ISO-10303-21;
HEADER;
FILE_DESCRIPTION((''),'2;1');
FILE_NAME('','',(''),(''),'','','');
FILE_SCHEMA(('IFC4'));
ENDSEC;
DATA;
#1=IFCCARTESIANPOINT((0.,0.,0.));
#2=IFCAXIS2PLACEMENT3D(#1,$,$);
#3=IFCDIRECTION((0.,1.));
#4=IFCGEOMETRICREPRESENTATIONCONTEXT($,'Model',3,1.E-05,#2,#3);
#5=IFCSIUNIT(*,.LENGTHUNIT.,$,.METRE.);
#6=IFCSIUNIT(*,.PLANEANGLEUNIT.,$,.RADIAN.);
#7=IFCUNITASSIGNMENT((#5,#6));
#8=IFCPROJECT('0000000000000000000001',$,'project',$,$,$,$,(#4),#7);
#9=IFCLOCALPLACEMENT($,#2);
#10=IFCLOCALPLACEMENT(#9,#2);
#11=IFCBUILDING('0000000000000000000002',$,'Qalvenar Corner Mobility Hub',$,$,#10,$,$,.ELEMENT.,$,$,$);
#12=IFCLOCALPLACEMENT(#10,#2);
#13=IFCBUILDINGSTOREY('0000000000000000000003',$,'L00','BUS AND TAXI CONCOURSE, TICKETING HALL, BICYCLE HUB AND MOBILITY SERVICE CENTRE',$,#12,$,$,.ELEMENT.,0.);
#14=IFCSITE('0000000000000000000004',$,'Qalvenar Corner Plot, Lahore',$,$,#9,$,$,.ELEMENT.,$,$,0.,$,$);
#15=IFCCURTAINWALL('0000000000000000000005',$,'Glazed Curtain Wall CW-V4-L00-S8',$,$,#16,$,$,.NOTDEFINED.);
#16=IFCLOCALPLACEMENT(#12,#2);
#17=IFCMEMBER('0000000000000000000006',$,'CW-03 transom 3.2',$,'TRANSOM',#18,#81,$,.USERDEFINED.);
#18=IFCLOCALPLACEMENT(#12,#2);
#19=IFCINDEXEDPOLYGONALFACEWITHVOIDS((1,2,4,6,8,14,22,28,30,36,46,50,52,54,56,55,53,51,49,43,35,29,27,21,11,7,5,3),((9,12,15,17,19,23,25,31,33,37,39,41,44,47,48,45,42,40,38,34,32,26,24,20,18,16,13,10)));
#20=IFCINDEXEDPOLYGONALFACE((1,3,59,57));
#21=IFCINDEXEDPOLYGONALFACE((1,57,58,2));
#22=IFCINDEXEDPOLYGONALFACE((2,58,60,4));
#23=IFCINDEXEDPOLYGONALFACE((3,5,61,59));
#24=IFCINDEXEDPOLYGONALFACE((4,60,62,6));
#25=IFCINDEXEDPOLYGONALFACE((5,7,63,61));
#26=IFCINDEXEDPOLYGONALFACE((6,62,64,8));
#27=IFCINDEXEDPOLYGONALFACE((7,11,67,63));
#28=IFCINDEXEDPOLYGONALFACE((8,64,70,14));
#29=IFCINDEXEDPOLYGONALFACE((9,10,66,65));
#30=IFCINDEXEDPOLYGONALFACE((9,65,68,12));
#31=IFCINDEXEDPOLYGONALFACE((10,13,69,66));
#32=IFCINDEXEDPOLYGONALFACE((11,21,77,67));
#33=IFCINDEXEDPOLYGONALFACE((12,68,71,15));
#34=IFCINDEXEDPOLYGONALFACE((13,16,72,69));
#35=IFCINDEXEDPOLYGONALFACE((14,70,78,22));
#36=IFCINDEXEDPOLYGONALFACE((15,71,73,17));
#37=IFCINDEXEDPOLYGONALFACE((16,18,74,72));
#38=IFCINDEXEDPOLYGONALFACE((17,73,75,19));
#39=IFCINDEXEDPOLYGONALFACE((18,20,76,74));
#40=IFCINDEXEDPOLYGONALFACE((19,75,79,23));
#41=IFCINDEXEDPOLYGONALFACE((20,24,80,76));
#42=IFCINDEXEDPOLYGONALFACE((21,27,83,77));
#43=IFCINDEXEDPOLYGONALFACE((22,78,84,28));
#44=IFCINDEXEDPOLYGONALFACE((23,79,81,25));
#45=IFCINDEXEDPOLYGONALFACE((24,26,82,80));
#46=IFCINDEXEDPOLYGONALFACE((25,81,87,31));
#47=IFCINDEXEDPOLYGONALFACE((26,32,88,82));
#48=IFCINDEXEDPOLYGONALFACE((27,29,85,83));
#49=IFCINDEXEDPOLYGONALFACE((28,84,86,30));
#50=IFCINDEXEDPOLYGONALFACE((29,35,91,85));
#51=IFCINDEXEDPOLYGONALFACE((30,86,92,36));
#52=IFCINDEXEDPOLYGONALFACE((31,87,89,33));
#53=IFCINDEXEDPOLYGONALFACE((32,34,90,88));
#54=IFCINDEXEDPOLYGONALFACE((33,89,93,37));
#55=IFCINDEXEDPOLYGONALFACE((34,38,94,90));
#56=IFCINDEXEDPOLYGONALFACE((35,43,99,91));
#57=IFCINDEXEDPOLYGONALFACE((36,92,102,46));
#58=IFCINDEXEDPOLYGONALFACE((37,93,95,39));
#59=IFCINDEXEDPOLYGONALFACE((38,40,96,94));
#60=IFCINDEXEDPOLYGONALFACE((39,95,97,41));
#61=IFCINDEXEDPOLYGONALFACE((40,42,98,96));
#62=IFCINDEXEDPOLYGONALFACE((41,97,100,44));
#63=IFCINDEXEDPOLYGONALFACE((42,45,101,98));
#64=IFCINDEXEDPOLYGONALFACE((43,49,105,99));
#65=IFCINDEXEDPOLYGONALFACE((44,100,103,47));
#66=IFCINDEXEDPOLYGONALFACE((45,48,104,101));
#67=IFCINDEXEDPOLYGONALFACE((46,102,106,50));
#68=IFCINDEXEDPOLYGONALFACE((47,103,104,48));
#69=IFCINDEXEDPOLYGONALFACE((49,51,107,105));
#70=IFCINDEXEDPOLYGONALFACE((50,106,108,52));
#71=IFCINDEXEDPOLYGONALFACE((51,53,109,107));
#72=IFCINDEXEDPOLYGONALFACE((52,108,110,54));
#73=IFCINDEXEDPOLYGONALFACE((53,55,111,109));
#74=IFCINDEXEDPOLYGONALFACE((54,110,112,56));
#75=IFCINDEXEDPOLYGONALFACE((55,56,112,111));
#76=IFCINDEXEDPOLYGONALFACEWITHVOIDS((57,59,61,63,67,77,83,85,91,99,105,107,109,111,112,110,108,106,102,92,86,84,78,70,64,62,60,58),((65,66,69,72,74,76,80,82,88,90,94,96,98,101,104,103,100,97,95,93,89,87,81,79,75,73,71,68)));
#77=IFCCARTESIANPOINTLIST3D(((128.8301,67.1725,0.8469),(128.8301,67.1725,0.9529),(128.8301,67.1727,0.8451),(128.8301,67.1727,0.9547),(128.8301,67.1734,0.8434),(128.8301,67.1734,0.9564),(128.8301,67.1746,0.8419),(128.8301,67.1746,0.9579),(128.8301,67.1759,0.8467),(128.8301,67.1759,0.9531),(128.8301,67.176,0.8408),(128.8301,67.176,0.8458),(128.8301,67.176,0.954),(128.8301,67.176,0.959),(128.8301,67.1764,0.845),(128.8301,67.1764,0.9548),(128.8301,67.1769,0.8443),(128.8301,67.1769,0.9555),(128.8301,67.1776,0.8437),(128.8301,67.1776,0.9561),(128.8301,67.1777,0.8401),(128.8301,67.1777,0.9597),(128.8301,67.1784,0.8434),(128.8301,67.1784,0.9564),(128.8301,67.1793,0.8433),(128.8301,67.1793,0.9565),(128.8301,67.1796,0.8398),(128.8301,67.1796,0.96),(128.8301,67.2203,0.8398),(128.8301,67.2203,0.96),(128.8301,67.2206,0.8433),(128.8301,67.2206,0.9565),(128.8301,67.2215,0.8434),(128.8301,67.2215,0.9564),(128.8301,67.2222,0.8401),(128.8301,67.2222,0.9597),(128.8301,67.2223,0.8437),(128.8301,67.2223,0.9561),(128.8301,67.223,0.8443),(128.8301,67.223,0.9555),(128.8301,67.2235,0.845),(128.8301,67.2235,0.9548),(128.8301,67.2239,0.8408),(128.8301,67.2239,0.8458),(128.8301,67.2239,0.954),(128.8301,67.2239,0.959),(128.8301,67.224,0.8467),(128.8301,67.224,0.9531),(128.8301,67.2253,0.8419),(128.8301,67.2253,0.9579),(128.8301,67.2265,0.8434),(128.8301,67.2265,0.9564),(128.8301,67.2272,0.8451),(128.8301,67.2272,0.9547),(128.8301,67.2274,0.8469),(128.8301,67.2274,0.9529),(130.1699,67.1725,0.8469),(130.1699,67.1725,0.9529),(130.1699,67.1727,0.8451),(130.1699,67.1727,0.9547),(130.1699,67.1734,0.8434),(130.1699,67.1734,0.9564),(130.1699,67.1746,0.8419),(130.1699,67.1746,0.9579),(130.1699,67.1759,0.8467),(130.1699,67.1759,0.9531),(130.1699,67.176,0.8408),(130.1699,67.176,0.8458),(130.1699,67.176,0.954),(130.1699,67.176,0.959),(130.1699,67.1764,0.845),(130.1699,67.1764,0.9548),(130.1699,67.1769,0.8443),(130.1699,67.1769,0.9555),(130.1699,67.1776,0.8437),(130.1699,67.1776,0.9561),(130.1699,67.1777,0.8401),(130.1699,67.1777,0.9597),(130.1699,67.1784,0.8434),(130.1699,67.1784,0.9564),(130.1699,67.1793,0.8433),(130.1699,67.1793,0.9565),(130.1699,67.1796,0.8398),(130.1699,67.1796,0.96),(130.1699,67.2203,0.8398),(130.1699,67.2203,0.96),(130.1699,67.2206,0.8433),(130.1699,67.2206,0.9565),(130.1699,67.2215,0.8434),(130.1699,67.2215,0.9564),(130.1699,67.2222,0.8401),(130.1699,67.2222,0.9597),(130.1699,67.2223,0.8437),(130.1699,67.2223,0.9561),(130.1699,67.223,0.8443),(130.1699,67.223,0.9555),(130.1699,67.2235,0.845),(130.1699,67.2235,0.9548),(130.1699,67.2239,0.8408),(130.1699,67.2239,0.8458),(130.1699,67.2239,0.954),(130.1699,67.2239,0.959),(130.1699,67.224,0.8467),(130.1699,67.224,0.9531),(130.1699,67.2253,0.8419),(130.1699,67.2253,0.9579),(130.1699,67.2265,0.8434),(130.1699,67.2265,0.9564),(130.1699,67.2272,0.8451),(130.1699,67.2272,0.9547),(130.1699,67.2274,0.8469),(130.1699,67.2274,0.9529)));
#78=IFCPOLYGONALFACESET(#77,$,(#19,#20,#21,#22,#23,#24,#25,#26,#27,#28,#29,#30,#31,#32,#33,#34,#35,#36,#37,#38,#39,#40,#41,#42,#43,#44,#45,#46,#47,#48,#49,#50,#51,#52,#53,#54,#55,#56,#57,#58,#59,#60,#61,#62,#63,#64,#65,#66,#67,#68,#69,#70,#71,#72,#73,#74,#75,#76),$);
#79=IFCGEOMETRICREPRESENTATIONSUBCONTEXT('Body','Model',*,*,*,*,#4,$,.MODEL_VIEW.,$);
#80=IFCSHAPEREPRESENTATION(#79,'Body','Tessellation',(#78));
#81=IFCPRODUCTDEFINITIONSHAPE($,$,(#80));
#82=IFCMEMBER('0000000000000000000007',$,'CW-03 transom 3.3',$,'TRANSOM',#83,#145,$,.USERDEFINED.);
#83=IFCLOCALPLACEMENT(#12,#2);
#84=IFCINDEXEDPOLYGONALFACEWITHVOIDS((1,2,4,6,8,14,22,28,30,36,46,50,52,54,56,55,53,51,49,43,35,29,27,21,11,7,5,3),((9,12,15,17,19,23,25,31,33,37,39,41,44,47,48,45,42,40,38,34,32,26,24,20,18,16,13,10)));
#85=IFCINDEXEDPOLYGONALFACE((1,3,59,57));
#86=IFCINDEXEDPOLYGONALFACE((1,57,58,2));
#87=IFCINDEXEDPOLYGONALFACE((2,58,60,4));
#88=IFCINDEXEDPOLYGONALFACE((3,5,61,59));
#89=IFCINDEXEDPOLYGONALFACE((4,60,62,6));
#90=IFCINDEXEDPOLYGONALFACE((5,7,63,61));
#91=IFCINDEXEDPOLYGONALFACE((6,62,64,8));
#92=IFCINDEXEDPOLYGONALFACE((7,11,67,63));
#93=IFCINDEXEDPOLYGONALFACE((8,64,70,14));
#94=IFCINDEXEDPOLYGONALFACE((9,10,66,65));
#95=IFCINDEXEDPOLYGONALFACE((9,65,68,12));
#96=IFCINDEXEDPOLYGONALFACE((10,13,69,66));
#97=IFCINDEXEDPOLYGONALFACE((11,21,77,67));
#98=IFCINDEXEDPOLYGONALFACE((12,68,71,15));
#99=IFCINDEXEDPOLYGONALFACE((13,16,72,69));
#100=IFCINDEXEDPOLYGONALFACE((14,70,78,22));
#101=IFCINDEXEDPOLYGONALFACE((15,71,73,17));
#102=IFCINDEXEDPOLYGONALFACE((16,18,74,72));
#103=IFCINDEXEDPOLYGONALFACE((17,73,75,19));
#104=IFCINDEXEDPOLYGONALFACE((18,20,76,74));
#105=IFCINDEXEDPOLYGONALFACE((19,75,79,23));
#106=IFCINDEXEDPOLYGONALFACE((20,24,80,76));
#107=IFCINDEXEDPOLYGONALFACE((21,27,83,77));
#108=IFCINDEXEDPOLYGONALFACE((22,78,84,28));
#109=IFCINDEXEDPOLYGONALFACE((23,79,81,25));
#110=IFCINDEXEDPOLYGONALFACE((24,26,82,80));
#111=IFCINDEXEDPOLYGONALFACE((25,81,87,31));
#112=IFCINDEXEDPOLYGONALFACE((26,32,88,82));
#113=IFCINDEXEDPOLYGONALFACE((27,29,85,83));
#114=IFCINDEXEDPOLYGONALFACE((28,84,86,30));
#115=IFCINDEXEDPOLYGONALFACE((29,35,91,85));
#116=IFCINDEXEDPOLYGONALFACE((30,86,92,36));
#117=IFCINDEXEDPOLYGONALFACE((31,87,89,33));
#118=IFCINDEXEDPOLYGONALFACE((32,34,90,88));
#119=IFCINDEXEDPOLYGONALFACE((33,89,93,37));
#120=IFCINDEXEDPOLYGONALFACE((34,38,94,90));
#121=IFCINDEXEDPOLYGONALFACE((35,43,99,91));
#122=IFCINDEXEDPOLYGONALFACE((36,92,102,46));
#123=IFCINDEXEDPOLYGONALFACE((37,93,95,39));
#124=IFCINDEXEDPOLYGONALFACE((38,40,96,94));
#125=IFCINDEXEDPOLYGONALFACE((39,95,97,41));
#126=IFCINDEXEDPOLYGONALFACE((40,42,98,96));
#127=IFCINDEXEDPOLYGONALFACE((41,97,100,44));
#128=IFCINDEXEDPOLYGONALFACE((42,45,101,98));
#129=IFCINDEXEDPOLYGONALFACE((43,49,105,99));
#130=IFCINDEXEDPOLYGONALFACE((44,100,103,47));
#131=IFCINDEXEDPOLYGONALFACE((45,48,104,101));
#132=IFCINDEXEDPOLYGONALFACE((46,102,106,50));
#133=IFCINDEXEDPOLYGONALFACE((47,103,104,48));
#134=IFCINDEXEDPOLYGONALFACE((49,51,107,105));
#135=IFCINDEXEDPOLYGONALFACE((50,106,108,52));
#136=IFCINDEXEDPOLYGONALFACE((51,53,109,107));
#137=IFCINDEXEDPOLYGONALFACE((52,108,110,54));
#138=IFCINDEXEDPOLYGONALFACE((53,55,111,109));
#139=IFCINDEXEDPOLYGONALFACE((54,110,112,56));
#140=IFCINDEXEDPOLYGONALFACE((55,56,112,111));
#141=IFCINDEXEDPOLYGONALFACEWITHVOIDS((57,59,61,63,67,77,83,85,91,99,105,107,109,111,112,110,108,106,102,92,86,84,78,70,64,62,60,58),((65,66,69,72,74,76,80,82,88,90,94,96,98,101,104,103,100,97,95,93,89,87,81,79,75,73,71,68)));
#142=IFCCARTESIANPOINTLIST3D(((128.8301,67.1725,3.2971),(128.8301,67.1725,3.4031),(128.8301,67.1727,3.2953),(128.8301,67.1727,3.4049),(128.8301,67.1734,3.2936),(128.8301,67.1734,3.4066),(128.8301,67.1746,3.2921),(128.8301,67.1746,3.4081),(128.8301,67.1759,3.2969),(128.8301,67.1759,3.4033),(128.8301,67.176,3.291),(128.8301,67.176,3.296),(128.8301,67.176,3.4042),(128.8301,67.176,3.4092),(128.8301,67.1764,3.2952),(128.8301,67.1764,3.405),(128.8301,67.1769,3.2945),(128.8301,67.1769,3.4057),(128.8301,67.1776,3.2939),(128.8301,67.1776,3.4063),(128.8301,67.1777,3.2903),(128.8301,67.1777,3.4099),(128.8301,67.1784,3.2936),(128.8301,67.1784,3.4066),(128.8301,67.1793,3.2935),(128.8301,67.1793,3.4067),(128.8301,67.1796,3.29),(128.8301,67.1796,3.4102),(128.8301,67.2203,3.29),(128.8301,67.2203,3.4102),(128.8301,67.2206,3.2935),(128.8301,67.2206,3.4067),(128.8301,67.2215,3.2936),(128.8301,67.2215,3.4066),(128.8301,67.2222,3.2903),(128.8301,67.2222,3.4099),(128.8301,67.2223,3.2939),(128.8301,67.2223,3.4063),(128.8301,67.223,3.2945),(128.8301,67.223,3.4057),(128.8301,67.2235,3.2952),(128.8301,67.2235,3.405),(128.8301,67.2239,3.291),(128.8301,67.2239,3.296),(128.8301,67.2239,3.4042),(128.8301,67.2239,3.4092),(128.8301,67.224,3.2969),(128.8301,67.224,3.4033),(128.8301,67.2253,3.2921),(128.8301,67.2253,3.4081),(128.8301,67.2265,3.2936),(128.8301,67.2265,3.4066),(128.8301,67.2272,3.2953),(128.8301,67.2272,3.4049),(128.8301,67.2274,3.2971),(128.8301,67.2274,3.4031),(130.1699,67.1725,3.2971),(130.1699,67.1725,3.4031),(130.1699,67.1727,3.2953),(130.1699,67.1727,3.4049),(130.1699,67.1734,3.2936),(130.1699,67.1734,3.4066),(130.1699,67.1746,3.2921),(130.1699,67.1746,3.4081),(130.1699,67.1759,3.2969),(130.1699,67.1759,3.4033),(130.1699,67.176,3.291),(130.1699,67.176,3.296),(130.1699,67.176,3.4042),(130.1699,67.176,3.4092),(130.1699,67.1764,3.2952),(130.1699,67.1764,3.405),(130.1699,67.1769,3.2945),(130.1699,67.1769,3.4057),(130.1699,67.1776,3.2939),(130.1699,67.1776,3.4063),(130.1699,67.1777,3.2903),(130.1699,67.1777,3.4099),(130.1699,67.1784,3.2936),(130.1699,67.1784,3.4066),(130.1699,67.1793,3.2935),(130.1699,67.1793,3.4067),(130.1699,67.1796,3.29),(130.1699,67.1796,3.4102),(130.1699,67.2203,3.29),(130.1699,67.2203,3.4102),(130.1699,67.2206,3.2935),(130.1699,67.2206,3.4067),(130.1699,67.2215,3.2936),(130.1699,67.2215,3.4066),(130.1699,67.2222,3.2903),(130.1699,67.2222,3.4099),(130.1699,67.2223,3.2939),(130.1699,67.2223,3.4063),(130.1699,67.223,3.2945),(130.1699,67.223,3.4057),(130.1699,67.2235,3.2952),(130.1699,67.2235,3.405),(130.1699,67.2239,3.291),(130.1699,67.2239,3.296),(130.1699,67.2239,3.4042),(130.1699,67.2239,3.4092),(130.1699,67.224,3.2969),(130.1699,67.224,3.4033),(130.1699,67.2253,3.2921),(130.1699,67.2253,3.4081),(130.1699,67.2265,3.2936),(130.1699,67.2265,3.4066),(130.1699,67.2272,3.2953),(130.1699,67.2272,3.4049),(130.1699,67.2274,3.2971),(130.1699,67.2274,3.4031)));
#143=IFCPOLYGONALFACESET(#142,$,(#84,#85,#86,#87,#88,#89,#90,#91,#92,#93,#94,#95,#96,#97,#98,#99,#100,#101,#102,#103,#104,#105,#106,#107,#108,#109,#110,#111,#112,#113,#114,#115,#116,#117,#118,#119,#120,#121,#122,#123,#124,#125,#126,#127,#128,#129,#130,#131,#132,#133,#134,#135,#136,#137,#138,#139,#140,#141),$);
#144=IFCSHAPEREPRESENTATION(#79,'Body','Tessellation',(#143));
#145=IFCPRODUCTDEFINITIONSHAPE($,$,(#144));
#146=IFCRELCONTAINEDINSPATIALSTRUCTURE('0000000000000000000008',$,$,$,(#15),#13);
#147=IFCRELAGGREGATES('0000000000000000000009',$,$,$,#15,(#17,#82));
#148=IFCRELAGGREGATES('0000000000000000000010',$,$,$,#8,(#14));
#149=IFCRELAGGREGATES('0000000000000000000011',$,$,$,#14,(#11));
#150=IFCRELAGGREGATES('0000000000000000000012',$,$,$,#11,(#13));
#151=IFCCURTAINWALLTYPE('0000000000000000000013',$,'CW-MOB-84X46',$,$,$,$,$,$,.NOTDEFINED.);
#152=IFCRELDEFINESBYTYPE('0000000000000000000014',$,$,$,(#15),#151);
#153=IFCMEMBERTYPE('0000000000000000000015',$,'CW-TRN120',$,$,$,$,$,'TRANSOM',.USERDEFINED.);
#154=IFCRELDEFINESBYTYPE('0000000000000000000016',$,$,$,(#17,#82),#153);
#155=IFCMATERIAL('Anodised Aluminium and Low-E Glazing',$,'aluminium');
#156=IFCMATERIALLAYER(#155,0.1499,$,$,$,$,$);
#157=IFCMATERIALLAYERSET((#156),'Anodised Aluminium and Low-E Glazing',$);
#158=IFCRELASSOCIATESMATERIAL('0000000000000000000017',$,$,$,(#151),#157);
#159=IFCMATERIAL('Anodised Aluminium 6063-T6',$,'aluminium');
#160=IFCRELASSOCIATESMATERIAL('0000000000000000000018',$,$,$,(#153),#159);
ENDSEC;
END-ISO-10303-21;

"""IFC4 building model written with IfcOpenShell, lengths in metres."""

from ifc_helpers import new_model, si_unit, direction, frame, origin, origin_2d, place, context, subcontext, project, spatial, hollow_rectangle, extrude, material, layer, layer_set, material_profile, profile_set, type_object, element, aggregate, save


model = new_model("IFC4")

# Units and contexts
model_context = context("Model", 3, precision=1e-05, world=origin(), true_north=direction((0.0, 1.0)))
body_context = subcontext(model_context, "Body", "Model", "MODEL_VIEW")
ifc_project = project(units=[si_unit("LENGTHUNIT", "METRE"), si_unit("PLANEANGLEUNIT", "RADIAN")], contexts=[model_context])

# Site, building, storey
site_placement = place(None, origin())
site = spatial("IfcSite", under=ifc_project, at=site_placement, Name="Qalvenar Corner Plot, Lahore", CompositionType="ELEMENT", RefElevation=0.0)
building_placement = place(site_placement, origin())
building = spatial("IfcBuilding", under=site, at=building_placement, Name="Qalvenar Corner Mobility Hub", CompositionType="ELEMENT")
storey_placement = place(building_placement, origin())
storey = spatial("IfcBuildingStorey", under=building, at=storey_placement, Name="L00", Description="BUS AND TAXI CONCOURSE, TICKETING HALL, BICYCLE HUB AND MOBILITY SERVICE CENTRE", CompositionType="ELEMENT", Elevation=0.0)

# Curtain wall, members
ifc_material_1 = material(Name="Anodised Aluminium and Low-E Glazing", Category="aluminium")
ifc_layer_1 = layer(ifc_material_1, 0.1499)
ifc_layer_set_1 = layer_set([ifc_layer_1], Name="Anodised Aluminium and Low-E Glazing")
curtain_wall_type = type_object("IfcCurtainWallType", Name="CW-MOB-84X46", PredefinedType="NOTDEFINED", material=ifc_layer_set_1)
curtain_wall_placement = place(storey_placement, origin())
curtain_wall = element("IfcCurtainWall", 1, at=curtain_wall_placement, inside=storey, type_object=curtain_wall_type, Name="Glazed Curtain Wall CW-V4-L00-S8", PredefinedType="NOTDEFINED")
ifc_material_2 = material(Name="Anodised Aluminium 6063-T6", Category="aluminium")
ifc_material_profile_1 = material_profile(ifc_material_2, hollow_rectangle(XDim=0.0549, YDim=0.1201, WallThickness=0.0034, InnerFilletRadius=0.0034, OuterFilletRadius=0.0071, at=origin_2d()), Name="RHS120x55x3.5")
ifc_profile_set_1 = profile_set([ifc_material_profile_1], Name="Anodised Aluminium 6063-T6")
member_type_1 = type_object("IfcMemberType", Name="CW-TRN120", ElementType="TRANSOM", PredefinedType="USERDEFINED", material=ifc_profile_set_1)
member_1_placement = place(storey_placement, frame((128.8301, 67.2, 0.8999), z_axis=(1.0, 0.0, 0.0), x_axis=(0.0, 1.0, 0.0)))
member_1 = element("IfcMember", 2, at=member_1_placement, type_object=member_type_1, Name="CW-03 transom 3.2", ObjectType="TRANSOM", PredefinedType="USERDEFINED", context=body_context, shape_type="SweptSolid", body=[
    extrude(hollow_rectangle(XDim=0.0549, YDim=0.1201, WallThickness=0.0034, InnerFilletRadius=0.0034, OuterFilletRadius=0.0071, at=origin_2d()), origin(), (0.0, 0.0, 1.0), 1.3398),
])
member_2_placement = place(storey_placement, frame((128.8301, 67.2, 3.3501), z_axis=(1.0, 0.0, 0.0), x_axis=(0.0, 1.0, 0.0)))
member_2 = element("IfcMember", 3, at=member_2_placement, type_object=member_type_1, Name="CW-03 transom 3.3", ObjectType="TRANSOM", PredefinedType="USERDEFINED", context=body_context, shape_type="SweptSolid", body=[
    extrude(hollow_rectangle(XDim=0.0549, YDim=0.1201, WallThickness=0.0034, InnerFilletRadius=0.0034, OuterFilletRadius=0.0071, at=origin_2d()), origin(), (0.0, 0.0, 1.0), 1.3398),
])
aggregate(curtain_wall, [member_1, member_2])

save(model, "model.ifc")
